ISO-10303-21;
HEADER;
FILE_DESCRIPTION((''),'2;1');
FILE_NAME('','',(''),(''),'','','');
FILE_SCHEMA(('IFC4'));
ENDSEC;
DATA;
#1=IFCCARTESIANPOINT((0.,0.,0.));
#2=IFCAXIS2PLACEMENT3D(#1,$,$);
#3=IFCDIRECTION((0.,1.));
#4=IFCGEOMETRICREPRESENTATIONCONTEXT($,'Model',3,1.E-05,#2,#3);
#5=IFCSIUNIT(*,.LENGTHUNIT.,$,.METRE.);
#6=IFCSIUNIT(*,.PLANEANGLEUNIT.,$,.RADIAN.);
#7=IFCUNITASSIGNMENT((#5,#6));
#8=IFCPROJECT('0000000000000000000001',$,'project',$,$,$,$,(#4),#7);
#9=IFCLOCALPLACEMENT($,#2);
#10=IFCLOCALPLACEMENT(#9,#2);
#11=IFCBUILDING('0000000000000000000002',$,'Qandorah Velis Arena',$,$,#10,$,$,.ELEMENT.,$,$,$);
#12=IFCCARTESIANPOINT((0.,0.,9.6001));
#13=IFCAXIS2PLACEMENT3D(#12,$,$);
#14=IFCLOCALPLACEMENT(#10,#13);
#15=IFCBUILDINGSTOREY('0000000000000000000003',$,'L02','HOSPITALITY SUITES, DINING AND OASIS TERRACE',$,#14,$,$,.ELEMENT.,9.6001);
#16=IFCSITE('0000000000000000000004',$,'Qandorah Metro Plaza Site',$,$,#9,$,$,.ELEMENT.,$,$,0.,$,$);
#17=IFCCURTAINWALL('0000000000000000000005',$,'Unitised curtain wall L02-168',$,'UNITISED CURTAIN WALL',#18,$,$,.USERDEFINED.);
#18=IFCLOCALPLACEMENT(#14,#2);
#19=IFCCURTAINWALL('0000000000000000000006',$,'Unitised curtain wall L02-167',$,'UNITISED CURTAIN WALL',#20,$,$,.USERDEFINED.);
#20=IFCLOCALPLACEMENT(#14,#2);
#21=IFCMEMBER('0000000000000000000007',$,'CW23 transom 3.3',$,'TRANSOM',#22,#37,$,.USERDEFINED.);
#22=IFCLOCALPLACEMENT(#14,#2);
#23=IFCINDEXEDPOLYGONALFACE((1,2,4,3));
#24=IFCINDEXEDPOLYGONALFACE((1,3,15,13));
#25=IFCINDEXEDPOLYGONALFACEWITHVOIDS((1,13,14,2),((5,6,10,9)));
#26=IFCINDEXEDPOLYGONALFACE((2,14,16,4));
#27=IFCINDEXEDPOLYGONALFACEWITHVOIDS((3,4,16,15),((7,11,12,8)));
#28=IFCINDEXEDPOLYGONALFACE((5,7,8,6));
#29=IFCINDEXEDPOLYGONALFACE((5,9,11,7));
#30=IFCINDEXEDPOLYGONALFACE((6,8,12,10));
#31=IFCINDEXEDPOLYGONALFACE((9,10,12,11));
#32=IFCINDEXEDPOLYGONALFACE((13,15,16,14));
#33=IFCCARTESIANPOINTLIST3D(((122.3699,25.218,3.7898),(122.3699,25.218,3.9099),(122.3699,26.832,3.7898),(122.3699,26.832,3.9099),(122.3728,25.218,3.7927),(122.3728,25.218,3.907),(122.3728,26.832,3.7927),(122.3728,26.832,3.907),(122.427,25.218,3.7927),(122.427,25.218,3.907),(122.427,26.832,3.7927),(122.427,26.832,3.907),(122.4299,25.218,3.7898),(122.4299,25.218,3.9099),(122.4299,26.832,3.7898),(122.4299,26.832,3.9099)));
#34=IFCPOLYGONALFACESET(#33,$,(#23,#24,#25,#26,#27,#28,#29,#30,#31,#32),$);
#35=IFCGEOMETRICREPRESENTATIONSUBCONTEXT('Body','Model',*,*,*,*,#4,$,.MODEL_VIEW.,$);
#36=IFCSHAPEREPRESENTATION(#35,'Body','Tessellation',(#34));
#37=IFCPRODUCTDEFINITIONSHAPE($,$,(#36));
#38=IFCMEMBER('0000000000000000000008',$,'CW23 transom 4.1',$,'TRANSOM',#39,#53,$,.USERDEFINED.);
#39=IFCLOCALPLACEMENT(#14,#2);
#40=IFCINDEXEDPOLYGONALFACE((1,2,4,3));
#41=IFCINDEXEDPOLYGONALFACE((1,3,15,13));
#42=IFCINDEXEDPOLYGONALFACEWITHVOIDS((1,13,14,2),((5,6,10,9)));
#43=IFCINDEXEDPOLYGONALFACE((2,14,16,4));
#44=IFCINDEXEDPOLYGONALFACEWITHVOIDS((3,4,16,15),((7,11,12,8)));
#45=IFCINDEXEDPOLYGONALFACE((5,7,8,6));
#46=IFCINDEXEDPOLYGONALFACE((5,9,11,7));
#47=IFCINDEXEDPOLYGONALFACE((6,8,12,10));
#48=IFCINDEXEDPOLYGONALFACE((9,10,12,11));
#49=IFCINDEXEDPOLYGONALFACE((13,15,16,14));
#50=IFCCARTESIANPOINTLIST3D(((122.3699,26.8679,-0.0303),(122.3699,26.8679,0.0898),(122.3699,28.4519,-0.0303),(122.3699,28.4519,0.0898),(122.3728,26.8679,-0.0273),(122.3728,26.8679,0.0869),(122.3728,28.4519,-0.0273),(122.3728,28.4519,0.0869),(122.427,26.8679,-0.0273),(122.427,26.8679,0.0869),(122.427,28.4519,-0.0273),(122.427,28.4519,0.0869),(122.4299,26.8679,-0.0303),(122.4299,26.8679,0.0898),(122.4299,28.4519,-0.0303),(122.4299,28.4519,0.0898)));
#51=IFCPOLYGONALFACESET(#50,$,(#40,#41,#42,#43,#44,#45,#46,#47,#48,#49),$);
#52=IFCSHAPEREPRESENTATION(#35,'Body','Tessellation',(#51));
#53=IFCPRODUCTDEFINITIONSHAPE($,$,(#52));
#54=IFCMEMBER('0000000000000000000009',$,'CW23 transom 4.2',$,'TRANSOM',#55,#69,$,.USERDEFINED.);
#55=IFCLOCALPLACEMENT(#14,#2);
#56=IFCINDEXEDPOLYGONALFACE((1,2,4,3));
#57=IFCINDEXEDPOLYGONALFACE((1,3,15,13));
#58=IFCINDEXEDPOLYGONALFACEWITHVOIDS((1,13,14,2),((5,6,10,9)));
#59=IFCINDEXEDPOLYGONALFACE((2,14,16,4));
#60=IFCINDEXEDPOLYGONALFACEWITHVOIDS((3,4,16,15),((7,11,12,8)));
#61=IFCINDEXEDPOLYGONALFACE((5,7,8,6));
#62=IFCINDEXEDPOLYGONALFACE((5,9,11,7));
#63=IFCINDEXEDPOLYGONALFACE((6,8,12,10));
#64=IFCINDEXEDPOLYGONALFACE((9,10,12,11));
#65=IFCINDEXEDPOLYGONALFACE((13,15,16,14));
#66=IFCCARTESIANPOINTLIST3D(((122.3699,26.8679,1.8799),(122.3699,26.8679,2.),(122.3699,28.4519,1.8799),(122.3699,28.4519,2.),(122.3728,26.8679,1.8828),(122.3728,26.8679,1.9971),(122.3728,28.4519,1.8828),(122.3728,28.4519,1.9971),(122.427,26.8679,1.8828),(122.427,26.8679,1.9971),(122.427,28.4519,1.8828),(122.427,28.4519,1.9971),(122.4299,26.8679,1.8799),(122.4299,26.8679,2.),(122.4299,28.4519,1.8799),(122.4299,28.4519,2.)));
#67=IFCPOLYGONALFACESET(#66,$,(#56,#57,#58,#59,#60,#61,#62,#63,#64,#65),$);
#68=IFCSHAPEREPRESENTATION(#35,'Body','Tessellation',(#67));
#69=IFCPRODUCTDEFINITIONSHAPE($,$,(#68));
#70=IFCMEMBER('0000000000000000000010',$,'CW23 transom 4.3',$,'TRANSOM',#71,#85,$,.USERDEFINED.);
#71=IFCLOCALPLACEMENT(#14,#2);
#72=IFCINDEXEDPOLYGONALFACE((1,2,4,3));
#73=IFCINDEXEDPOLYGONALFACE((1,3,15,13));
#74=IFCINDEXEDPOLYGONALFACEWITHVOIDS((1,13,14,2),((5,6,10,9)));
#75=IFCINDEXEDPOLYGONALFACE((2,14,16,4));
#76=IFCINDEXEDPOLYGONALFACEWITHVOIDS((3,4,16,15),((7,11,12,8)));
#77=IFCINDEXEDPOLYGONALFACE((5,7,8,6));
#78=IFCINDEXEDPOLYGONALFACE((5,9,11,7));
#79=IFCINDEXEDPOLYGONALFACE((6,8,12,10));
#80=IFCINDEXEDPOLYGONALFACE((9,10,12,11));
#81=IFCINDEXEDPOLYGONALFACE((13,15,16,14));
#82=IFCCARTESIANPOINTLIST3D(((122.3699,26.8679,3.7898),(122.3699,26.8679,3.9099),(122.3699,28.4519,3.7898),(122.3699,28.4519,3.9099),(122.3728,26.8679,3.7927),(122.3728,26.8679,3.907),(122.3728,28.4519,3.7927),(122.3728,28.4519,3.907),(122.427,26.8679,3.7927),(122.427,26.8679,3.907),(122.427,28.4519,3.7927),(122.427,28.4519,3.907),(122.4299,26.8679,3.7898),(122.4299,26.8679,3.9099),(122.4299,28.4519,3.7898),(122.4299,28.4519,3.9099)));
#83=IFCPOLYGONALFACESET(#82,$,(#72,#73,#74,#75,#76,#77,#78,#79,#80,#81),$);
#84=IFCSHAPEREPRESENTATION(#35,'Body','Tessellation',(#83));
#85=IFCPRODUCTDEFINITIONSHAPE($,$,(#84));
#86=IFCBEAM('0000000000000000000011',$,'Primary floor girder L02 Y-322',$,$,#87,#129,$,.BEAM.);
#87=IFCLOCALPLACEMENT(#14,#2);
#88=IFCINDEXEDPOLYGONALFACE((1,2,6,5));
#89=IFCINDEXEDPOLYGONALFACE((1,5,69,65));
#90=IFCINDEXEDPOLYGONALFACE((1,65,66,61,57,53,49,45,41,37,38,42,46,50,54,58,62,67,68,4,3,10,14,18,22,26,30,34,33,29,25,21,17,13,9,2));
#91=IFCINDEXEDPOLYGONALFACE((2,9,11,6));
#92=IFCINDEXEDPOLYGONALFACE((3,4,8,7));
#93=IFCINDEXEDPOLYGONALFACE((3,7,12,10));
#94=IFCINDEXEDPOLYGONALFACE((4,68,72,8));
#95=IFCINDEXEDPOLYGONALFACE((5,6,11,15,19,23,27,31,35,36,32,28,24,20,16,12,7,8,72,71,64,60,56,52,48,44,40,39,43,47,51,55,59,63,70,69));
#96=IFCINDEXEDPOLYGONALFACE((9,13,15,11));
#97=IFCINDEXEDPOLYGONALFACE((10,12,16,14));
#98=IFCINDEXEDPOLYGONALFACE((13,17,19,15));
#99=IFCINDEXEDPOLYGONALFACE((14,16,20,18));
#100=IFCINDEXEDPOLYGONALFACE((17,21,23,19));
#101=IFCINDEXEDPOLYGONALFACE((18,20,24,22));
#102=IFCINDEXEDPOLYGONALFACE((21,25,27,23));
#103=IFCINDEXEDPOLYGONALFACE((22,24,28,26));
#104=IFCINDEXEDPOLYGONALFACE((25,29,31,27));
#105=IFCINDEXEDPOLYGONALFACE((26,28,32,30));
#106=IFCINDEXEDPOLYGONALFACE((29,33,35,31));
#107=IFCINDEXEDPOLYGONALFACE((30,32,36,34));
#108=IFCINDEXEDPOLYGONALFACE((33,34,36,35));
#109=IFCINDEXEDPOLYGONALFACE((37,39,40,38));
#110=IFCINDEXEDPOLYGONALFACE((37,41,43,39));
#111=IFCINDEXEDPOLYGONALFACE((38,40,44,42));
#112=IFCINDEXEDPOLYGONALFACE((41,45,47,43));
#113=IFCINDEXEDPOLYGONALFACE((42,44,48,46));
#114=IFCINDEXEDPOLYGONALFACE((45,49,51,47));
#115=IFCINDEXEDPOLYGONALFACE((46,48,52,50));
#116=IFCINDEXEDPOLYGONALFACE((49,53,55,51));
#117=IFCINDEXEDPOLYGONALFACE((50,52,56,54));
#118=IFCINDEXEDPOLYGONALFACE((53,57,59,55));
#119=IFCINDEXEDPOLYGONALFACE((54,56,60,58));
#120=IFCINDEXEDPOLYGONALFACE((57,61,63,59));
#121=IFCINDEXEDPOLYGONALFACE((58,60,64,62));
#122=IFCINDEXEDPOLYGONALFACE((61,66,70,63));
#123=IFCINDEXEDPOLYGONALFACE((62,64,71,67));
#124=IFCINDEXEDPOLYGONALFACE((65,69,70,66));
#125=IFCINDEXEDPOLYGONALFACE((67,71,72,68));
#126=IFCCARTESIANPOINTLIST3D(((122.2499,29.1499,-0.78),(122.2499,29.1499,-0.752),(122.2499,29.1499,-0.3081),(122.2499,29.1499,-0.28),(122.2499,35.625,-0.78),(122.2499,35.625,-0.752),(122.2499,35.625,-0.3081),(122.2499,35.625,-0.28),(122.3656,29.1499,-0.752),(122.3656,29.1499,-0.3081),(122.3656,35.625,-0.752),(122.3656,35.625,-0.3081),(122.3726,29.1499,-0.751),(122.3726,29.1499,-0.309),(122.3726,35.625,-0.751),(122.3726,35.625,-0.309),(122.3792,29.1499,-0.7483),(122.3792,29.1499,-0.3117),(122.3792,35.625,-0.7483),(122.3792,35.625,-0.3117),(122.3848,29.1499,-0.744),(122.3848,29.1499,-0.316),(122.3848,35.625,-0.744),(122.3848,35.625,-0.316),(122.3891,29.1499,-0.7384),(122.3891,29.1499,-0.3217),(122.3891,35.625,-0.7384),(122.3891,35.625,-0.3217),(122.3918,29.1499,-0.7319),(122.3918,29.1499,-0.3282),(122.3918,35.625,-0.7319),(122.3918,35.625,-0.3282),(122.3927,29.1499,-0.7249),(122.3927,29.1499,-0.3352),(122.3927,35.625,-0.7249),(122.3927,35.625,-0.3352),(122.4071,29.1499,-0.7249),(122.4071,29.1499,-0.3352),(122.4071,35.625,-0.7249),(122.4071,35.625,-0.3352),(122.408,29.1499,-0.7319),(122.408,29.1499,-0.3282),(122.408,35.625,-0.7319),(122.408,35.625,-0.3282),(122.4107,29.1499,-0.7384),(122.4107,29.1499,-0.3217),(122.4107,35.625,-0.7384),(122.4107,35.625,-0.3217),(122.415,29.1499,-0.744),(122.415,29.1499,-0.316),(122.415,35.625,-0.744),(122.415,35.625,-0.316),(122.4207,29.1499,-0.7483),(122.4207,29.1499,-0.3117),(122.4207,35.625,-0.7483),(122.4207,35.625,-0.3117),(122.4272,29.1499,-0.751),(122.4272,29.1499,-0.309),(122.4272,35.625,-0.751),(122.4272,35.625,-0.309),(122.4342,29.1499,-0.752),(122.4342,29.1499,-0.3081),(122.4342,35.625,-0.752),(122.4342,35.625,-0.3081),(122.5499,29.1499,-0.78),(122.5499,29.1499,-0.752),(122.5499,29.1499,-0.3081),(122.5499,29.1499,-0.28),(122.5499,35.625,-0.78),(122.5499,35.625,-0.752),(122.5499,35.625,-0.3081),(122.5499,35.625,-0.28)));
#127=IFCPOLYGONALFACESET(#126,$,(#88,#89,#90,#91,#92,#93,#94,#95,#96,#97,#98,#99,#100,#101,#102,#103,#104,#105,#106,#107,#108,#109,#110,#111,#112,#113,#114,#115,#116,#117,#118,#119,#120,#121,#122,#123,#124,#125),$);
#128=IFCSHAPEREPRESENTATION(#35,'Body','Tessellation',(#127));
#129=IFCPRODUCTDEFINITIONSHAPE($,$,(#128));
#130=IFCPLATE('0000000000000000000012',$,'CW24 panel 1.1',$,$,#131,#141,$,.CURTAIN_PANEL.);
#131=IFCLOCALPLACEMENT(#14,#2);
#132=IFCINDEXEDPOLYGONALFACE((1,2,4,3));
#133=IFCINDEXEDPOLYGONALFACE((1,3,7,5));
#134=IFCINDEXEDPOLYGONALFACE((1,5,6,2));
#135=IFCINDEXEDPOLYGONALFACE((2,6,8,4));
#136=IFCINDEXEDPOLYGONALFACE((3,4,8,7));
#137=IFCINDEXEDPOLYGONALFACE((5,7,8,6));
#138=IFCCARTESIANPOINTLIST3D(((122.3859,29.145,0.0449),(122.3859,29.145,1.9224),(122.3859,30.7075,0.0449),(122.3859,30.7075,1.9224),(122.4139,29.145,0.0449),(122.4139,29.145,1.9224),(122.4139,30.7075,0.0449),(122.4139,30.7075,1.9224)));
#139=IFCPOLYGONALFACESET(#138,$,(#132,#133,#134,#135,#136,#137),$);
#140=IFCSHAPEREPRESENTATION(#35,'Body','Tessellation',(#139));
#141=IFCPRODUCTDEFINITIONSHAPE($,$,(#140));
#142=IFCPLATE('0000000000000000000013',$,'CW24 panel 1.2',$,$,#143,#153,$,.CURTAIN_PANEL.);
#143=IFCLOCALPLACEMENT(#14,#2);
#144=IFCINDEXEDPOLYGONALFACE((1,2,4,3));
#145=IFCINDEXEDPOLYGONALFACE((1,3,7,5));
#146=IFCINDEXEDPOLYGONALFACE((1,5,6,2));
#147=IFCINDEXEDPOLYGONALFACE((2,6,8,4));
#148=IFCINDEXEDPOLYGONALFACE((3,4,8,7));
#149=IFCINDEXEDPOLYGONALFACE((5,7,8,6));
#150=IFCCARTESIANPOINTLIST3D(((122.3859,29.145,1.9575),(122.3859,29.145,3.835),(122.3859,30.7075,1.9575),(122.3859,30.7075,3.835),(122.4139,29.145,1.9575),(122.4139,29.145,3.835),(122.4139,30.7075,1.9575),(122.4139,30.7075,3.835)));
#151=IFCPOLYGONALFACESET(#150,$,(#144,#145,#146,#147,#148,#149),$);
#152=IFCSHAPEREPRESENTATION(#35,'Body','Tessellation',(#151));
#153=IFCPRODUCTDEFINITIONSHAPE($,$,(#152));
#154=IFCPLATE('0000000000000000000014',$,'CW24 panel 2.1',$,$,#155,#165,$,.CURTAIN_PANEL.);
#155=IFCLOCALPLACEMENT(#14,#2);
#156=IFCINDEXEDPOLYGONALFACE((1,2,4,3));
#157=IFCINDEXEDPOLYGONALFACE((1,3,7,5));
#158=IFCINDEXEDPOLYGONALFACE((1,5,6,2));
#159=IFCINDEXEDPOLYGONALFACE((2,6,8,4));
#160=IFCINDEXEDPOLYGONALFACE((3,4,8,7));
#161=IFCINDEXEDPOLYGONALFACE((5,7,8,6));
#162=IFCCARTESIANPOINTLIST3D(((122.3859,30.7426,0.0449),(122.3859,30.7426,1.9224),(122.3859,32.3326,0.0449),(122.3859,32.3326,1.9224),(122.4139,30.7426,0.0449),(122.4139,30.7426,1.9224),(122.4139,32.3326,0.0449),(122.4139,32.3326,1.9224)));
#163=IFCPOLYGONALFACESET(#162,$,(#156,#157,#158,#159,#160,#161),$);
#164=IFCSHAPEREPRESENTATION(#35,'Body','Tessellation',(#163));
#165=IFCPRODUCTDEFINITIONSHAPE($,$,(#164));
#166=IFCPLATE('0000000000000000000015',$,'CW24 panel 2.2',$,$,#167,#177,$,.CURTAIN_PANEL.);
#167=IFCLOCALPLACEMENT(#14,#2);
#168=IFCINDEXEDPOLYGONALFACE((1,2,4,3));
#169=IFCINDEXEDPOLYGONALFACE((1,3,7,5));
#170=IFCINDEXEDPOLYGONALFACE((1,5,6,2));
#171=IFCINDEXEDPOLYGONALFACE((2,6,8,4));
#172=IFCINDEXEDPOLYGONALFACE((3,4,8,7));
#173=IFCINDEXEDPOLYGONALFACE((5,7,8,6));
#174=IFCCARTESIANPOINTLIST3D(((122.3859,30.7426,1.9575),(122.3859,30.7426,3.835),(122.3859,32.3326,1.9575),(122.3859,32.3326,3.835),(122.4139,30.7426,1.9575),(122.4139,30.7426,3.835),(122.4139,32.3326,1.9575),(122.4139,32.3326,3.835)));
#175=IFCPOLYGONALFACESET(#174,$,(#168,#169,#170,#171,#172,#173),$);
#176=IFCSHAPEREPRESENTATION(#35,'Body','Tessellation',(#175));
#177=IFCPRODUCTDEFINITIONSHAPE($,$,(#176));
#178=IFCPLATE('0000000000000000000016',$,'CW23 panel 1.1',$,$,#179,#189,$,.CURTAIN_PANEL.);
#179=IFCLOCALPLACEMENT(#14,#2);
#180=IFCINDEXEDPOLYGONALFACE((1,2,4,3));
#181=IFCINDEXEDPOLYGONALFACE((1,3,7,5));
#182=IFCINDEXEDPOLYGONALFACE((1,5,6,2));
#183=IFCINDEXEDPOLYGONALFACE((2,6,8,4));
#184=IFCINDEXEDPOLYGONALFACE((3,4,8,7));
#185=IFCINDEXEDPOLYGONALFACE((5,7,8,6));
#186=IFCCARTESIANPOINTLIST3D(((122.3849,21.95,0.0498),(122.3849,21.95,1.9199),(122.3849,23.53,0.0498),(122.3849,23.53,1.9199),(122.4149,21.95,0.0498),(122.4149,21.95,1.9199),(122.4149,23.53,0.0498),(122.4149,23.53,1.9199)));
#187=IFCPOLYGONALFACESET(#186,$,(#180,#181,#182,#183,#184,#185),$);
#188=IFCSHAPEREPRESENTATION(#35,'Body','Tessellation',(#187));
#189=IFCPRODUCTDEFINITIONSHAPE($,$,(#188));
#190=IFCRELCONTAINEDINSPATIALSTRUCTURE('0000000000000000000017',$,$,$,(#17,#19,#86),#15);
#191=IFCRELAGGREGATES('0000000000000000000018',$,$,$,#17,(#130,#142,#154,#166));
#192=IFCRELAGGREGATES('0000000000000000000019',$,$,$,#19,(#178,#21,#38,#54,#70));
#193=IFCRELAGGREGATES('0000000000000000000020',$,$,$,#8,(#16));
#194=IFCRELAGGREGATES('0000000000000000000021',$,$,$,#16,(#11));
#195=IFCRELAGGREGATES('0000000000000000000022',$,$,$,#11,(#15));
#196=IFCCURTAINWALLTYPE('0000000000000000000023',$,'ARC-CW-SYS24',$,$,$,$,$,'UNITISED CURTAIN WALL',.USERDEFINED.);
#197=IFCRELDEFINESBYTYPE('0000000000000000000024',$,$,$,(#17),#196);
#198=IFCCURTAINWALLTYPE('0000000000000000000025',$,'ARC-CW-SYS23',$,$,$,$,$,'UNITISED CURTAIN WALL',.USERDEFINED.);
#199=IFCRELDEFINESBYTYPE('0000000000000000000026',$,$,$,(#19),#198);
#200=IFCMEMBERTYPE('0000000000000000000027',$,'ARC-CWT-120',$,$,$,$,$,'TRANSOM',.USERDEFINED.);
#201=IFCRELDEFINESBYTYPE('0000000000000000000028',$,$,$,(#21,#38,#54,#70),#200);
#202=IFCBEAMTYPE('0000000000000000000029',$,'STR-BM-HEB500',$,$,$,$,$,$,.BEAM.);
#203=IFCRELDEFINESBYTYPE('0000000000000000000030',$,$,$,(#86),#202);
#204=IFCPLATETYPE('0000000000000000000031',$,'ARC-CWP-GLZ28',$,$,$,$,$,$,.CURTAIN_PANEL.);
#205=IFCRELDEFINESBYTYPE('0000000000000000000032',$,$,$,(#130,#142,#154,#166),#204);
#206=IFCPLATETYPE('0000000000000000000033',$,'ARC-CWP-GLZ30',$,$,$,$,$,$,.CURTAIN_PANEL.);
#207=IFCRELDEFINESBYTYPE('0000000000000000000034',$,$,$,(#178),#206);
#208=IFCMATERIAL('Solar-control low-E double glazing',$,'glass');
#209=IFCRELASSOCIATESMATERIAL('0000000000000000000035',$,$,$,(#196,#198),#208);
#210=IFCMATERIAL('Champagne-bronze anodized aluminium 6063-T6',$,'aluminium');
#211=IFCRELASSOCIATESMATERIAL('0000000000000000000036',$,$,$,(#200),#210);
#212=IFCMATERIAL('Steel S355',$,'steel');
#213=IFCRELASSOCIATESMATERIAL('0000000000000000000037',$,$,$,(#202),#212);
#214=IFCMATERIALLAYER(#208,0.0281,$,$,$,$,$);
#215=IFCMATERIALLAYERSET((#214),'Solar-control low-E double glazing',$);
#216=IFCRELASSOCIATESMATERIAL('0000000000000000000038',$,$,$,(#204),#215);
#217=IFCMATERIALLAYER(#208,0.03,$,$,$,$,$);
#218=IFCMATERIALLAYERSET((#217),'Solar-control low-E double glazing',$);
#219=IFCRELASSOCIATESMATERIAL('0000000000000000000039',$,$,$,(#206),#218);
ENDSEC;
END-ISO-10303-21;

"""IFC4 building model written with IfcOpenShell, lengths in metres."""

from ifc_helpers import new_model, si_unit, direction, frame, origin, origin_2d, place, context, subcontext, project, spatial, rectangle, hollow_rectangle, i_section, extrude, material, layer, layer_set, material_profile, profile_set, type_object, element, aggregate, save


model = new_model("IFC4")

# Units and contexts
model_context = context("Model", 3, precision=1e-05, world=origin(), true_north=direction((0.0, 1.0)))
body_context = subcontext(model_context, "Body", "Model", "MODEL_VIEW")
ifc_project = project(units=[si_unit("LENGTHUNIT", "METRE"), si_unit("PLANEANGLEUNIT", "RADIAN")], contexts=[model_context])

# Site, building, storey
site_placement = place(None, origin())
site = spatial("IfcSite", under=ifc_project, at=site_placement, Name="Qandorah Metro Plaza Site", CompositionType="ELEMENT", RefElevation=0.0)
building_placement = place(site_placement, origin())
building = spatial("IfcBuilding", under=site, at=building_placement, Name="Qandorah Velis Arena", CompositionType="ELEMENT")
storey_placement = place(building_placement, frame((0.0, 0.0, 9.6001)))
storey = spatial("IfcBuildingStorey", under=building, at=storey_placement, Name="L02", Description="HOSPITALITY SUITES, DINING AND OASIS TERRACE", CompositionType="ELEMENT", Elevation=9.6001)

# Shared definitions
ifc_material_1 = material(Name="Steel S355", Category="steel")

# Curtain walls
ifc_material_2 = material(Name="Solar-control low-E double glazing", Category="glass")
curtain_wall_type_1 = type_object("IfcCurtainWallType", Name="ARC-CW-SYS24", ElementType="UNITISED CURTAIN WALL", PredefinedType="USERDEFINED", material=ifc_material_2)
curtain_wall_1_placement = place(storey_placement, origin())
curtain_wall_1 = element("IfcCurtainWall", 1, at=curtain_wall_1_placement, inside=storey, type_object=curtain_wall_type_1, Name="Unitised curtain wall L02-168", ObjectType="UNITISED CURTAIN WALL", PredefinedType="USERDEFINED")
ifc_material_3 = material(Name="Champagne-bronze anodized aluminium 6063-T6", Category="aluminium")
curtain_wall_type_2 = type_object("IfcCurtainWallType", Name="ARC-CW-SYS23", ElementType="UNITISED CURTAIN WALL", PredefinedType="USERDEFINED", material=ifc_material_2)
curtain_wall_2_placement = place(storey_placement, origin())
curtain_wall_2 = element("IfcCurtainWall", 2, at=curtain_wall_2_placement, inside=storey, type_object=curtain_wall_type_2, Name="Unitised curtain wall L02-167", ObjectType="UNITISED CURTAIN WALL", PredefinedType="USERDEFINED")

# Members
ifc_material_profile_1 = material_profile(ifc_material_3, hollow_rectangle(XDim=0.0601, YDim=0.1201, WallThickness=0.0029, at=origin_2d()), Name="ALU TRANSOM 60x120")
ifc_profile_set_1 = profile_set([ifc_material_profile_1], Name="Champagne-bronze anodized aluminium 6063-T6")
member_type_1 = type_object("IfcMemberType", Name="ARC-CWT-120", ElementType="TRANSOM", PredefinedType="USERDEFINED", material=ifc_profile_set_1)
member_1_placement = place(storey_placement, frame((122.3999, 25.218, 3.8499), z_axis=(0.0, 1.0, 0.0), x_axis=(-1.0, 0.0, 0.0)))
member_1 = element("IfcMember", 3, at=member_1_placement, type_object=member_type_1, Name="CW23 transom 3.3", ObjectType="TRANSOM", PredefinedType="USERDEFINED", context=body_context, shape_type="SweptSolid", body=[
    extrude(hollow_rectangle(XDim=0.0601, YDim=0.1201, WallThickness=0.0029, at=origin_2d()), origin(), (0.0, 0.0, 1.0), 1.614),
])
member_2_placement = place(storey_placement, frame((122.3999, 26.8679, 0.0298), z_axis=(0.0, 1.0, 0.0), x_axis=(-1.0, 0.0, 0.0)))
member_2 = element("IfcMember", 4, at=member_2_placement, type_object=member_type_1, Name="CW23 transom 4.1", ObjectType="TRANSOM", PredefinedType="USERDEFINED", context=body_context, shape_type="SweptSolid", body=[
    extrude(hollow_rectangle(XDim=0.0601, YDim=0.1201, WallThickness=0.0029, at=origin_2d()), origin(), (0.0, 0.0, 1.0), 1.584),
])
member_3_placement = place(storey_placement, frame((122.3999, 26.8679, 1.9399), z_axis=(0.0, 1.0, 0.0), x_axis=(-1.0, 0.0, 0.0)))
member_3 = element("IfcMember", 5, at=member_3_placement, type_object=member_type_1, Name="CW23 transom 4.2", ObjectType="TRANSOM", PredefinedType="USERDEFINED", context=body_context, shape_type="SweptSolid", body=[
    extrude(hollow_rectangle(XDim=0.0601, YDim=0.1201, WallThickness=0.0029, at=origin_2d()), origin(), (0.0, 0.0, 1.0), 1.584),
])
member_4_placement = place(storey_placement, frame((122.3999, 26.8679, 3.8499), z_axis=(0.0, 1.0, 0.0), x_axis=(-1.0, 0.0, 0.0)))
member_4 = element("IfcMember", 6, at=member_4_placement, type_object=member_type_1, Name="CW23 transom 4.3", ObjectType="TRANSOM", PredefinedType="USERDEFINED", context=body_context, shape_type="SweptSolid", body=[
    extrude(hollow_rectangle(XDim=0.0601, YDim=0.1201, WallThickness=0.0029, at=origin_2d()), origin(), (0.0, 0.0, 1.0), 1.584),
])

# Beam
ifc_material_profile_2 = material_profile(ifc_material_1, i_section(OverallWidth=0.3, OverallDepth=0.5, WebThickness=0.0144, FlangeThickness=0.0281, FilletRadius=0.0271, at=origin_2d()), Name="HEB 500")
ifc_profile_set_2 = profile_set([ifc_material_profile_2], Name="Steel S355")
beam_type = type_object("IfcBeamType", Name="STR-BM-HEB500", PredefinedType="BEAM", material=ifc_profile_set_2)
beam_placement = place(storey_placement, frame((122.3999, 29.1499, -0.53), z_axis=(0.0, 1.0, 0.0), x_axis=(-1.0, 0.0, 0.0)))
element("IfcBeam", 7, at=beam_placement, inside=storey, type_object=beam_type, Name="Primary floor girder L02 Y-322", PredefinedType="BEAM", context=body_context, shape_type="SweptSolid", body=[
    extrude(i_section(OverallWidth=0.3, OverallDepth=0.5, WebThickness=0.0144, FlangeThickness=0.0281, FilletRadius=0.0271, at=origin_2d()), origin(), (0.0, 0.0, 1.0), 6.4751),
])

# Plates
ifc_layer_1 = layer(ifc_material_2, 0.0281)
ifc_layer_set_1 = layer_set([ifc_layer_1], Name="Solar-control low-E double glazing")
plate_type_1 = type_object("IfcPlateType", Name="ARC-CWP-GLZ28", PredefinedType="CURTAIN_PANEL", material=ifc_layer_set_1)
plate_1_placement = place(storey_placement, frame((122.3999, 29.9263, 0.0449), z_axis=(0.0, 0.0, 1.0), x_axis=(0.0, 1.0, 0.0)))
plate_1 = element("IfcPlate", 8, at=plate_1_placement, type_object=plate_type_1, Name="CW24 panel 1.1", PredefinedType="CURTAIN_PANEL", context=body_context, shape_type="SweptSolid", body=[
    extrude(rectangle(XDim=1.5625, YDim=0.0281, at=origin_2d()), origin(), (0.0, 0.0, 1.0), 1.8774),
])
plate_2_placement = place(storey_placement, frame((122.3999, 29.9263, 1.9575), z_axis=(0.0, 0.0, 1.0), x_axis=(0.0, 1.0, 0.0)))
plate_2 = element("IfcPlate", 9, at=plate_2_placement, type_object=plate_type_1, Name="CW24 panel 1.2", PredefinedType="CURTAIN_PANEL", context=body_context, shape_type="SweptSolid", body=[
    extrude(rectangle(XDim=1.5625, YDim=0.0281, at=origin_2d()), origin(), (0.0, 0.0, 1.0), 1.8774),
])
plate_3_placement = place(storey_placement, frame((122.3999, 31.5376, 0.0449), z_axis=(0.0, 0.0, 1.0), x_axis=(0.0, 1.0, 0.0)))
plate_3 = element("IfcPlate", 10, at=plate_3_placement, type_object=plate_type_1, Name="CW24 panel 2.1", PredefinedType="CURTAIN_PANEL", context=body_context, shape_type="SweptSolid", body=[
    extrude(rectangle(XDim=1.5901, YDim=0.0281, at=origin_2d()), origin(), (0.0, 0.0, 1.0), 1.8774),
])
plate_4_placement = place(storey_placement, frame((122.3999, 31.5376, 1.9575), z_axis=(0.0, 0.0, 1.0), x_axis=(0.0, 1.0, 0.0)))
plate_4 = element("IfcPlate", 11, at=plate_4_placement, type_object=plate_type_1, Name="CW24 panel 2.2", PredefinedType="CURTAIN_PANEL", context=body_context, shape_type="SweptSolid", body=[
    extrude(rectangle(XDim=1.5901, YDim=0.0281, at=origin_2d()), origin(), (0.0, 0.0, 1.0), 1.8774),
])
aggregate(curtain_wall_1, [plate_1, plate_2, plate_3, plate_4])
ifc_layer_2 = layer(ifc_material_2, 0.03)
ifc_layer_set_2 = layer_set([ifc_layer_2], Name="Solar-control low-E double glazing")
plate_type_2 = type_object("IfcPlateType", Name="ARC-CWP-GLZ30", PredefinedType="CURTAIN_PANEL", material=ifc_layer_set_2)
plate_5_placement = place(storey_placement, frame((122.3999, 22.74, 0.0498), z_axis=(0.0, 0.0, 1.0), x_axis=(0.0, 1.0, 0.0)))
plate_5 = element("IfcPlate", 12, at=plate_5_placement, type_object=plate_type_2, Name="CW23 panel 1.1", PredefinedType="CURTAIN_PANEL", context=body_context, shape_type="SweptSolid", body=[
    extrude(rectangle(XDim=1.5801, YDim=0.03, at=origin_2d()), origin(), (0.0, 0.0, 1.0), 1.8701),
])
aggregate(curtain_wall_2, [plate_5, member_1, member_2, member_3, member_4])

save(model, "model.ifc")
